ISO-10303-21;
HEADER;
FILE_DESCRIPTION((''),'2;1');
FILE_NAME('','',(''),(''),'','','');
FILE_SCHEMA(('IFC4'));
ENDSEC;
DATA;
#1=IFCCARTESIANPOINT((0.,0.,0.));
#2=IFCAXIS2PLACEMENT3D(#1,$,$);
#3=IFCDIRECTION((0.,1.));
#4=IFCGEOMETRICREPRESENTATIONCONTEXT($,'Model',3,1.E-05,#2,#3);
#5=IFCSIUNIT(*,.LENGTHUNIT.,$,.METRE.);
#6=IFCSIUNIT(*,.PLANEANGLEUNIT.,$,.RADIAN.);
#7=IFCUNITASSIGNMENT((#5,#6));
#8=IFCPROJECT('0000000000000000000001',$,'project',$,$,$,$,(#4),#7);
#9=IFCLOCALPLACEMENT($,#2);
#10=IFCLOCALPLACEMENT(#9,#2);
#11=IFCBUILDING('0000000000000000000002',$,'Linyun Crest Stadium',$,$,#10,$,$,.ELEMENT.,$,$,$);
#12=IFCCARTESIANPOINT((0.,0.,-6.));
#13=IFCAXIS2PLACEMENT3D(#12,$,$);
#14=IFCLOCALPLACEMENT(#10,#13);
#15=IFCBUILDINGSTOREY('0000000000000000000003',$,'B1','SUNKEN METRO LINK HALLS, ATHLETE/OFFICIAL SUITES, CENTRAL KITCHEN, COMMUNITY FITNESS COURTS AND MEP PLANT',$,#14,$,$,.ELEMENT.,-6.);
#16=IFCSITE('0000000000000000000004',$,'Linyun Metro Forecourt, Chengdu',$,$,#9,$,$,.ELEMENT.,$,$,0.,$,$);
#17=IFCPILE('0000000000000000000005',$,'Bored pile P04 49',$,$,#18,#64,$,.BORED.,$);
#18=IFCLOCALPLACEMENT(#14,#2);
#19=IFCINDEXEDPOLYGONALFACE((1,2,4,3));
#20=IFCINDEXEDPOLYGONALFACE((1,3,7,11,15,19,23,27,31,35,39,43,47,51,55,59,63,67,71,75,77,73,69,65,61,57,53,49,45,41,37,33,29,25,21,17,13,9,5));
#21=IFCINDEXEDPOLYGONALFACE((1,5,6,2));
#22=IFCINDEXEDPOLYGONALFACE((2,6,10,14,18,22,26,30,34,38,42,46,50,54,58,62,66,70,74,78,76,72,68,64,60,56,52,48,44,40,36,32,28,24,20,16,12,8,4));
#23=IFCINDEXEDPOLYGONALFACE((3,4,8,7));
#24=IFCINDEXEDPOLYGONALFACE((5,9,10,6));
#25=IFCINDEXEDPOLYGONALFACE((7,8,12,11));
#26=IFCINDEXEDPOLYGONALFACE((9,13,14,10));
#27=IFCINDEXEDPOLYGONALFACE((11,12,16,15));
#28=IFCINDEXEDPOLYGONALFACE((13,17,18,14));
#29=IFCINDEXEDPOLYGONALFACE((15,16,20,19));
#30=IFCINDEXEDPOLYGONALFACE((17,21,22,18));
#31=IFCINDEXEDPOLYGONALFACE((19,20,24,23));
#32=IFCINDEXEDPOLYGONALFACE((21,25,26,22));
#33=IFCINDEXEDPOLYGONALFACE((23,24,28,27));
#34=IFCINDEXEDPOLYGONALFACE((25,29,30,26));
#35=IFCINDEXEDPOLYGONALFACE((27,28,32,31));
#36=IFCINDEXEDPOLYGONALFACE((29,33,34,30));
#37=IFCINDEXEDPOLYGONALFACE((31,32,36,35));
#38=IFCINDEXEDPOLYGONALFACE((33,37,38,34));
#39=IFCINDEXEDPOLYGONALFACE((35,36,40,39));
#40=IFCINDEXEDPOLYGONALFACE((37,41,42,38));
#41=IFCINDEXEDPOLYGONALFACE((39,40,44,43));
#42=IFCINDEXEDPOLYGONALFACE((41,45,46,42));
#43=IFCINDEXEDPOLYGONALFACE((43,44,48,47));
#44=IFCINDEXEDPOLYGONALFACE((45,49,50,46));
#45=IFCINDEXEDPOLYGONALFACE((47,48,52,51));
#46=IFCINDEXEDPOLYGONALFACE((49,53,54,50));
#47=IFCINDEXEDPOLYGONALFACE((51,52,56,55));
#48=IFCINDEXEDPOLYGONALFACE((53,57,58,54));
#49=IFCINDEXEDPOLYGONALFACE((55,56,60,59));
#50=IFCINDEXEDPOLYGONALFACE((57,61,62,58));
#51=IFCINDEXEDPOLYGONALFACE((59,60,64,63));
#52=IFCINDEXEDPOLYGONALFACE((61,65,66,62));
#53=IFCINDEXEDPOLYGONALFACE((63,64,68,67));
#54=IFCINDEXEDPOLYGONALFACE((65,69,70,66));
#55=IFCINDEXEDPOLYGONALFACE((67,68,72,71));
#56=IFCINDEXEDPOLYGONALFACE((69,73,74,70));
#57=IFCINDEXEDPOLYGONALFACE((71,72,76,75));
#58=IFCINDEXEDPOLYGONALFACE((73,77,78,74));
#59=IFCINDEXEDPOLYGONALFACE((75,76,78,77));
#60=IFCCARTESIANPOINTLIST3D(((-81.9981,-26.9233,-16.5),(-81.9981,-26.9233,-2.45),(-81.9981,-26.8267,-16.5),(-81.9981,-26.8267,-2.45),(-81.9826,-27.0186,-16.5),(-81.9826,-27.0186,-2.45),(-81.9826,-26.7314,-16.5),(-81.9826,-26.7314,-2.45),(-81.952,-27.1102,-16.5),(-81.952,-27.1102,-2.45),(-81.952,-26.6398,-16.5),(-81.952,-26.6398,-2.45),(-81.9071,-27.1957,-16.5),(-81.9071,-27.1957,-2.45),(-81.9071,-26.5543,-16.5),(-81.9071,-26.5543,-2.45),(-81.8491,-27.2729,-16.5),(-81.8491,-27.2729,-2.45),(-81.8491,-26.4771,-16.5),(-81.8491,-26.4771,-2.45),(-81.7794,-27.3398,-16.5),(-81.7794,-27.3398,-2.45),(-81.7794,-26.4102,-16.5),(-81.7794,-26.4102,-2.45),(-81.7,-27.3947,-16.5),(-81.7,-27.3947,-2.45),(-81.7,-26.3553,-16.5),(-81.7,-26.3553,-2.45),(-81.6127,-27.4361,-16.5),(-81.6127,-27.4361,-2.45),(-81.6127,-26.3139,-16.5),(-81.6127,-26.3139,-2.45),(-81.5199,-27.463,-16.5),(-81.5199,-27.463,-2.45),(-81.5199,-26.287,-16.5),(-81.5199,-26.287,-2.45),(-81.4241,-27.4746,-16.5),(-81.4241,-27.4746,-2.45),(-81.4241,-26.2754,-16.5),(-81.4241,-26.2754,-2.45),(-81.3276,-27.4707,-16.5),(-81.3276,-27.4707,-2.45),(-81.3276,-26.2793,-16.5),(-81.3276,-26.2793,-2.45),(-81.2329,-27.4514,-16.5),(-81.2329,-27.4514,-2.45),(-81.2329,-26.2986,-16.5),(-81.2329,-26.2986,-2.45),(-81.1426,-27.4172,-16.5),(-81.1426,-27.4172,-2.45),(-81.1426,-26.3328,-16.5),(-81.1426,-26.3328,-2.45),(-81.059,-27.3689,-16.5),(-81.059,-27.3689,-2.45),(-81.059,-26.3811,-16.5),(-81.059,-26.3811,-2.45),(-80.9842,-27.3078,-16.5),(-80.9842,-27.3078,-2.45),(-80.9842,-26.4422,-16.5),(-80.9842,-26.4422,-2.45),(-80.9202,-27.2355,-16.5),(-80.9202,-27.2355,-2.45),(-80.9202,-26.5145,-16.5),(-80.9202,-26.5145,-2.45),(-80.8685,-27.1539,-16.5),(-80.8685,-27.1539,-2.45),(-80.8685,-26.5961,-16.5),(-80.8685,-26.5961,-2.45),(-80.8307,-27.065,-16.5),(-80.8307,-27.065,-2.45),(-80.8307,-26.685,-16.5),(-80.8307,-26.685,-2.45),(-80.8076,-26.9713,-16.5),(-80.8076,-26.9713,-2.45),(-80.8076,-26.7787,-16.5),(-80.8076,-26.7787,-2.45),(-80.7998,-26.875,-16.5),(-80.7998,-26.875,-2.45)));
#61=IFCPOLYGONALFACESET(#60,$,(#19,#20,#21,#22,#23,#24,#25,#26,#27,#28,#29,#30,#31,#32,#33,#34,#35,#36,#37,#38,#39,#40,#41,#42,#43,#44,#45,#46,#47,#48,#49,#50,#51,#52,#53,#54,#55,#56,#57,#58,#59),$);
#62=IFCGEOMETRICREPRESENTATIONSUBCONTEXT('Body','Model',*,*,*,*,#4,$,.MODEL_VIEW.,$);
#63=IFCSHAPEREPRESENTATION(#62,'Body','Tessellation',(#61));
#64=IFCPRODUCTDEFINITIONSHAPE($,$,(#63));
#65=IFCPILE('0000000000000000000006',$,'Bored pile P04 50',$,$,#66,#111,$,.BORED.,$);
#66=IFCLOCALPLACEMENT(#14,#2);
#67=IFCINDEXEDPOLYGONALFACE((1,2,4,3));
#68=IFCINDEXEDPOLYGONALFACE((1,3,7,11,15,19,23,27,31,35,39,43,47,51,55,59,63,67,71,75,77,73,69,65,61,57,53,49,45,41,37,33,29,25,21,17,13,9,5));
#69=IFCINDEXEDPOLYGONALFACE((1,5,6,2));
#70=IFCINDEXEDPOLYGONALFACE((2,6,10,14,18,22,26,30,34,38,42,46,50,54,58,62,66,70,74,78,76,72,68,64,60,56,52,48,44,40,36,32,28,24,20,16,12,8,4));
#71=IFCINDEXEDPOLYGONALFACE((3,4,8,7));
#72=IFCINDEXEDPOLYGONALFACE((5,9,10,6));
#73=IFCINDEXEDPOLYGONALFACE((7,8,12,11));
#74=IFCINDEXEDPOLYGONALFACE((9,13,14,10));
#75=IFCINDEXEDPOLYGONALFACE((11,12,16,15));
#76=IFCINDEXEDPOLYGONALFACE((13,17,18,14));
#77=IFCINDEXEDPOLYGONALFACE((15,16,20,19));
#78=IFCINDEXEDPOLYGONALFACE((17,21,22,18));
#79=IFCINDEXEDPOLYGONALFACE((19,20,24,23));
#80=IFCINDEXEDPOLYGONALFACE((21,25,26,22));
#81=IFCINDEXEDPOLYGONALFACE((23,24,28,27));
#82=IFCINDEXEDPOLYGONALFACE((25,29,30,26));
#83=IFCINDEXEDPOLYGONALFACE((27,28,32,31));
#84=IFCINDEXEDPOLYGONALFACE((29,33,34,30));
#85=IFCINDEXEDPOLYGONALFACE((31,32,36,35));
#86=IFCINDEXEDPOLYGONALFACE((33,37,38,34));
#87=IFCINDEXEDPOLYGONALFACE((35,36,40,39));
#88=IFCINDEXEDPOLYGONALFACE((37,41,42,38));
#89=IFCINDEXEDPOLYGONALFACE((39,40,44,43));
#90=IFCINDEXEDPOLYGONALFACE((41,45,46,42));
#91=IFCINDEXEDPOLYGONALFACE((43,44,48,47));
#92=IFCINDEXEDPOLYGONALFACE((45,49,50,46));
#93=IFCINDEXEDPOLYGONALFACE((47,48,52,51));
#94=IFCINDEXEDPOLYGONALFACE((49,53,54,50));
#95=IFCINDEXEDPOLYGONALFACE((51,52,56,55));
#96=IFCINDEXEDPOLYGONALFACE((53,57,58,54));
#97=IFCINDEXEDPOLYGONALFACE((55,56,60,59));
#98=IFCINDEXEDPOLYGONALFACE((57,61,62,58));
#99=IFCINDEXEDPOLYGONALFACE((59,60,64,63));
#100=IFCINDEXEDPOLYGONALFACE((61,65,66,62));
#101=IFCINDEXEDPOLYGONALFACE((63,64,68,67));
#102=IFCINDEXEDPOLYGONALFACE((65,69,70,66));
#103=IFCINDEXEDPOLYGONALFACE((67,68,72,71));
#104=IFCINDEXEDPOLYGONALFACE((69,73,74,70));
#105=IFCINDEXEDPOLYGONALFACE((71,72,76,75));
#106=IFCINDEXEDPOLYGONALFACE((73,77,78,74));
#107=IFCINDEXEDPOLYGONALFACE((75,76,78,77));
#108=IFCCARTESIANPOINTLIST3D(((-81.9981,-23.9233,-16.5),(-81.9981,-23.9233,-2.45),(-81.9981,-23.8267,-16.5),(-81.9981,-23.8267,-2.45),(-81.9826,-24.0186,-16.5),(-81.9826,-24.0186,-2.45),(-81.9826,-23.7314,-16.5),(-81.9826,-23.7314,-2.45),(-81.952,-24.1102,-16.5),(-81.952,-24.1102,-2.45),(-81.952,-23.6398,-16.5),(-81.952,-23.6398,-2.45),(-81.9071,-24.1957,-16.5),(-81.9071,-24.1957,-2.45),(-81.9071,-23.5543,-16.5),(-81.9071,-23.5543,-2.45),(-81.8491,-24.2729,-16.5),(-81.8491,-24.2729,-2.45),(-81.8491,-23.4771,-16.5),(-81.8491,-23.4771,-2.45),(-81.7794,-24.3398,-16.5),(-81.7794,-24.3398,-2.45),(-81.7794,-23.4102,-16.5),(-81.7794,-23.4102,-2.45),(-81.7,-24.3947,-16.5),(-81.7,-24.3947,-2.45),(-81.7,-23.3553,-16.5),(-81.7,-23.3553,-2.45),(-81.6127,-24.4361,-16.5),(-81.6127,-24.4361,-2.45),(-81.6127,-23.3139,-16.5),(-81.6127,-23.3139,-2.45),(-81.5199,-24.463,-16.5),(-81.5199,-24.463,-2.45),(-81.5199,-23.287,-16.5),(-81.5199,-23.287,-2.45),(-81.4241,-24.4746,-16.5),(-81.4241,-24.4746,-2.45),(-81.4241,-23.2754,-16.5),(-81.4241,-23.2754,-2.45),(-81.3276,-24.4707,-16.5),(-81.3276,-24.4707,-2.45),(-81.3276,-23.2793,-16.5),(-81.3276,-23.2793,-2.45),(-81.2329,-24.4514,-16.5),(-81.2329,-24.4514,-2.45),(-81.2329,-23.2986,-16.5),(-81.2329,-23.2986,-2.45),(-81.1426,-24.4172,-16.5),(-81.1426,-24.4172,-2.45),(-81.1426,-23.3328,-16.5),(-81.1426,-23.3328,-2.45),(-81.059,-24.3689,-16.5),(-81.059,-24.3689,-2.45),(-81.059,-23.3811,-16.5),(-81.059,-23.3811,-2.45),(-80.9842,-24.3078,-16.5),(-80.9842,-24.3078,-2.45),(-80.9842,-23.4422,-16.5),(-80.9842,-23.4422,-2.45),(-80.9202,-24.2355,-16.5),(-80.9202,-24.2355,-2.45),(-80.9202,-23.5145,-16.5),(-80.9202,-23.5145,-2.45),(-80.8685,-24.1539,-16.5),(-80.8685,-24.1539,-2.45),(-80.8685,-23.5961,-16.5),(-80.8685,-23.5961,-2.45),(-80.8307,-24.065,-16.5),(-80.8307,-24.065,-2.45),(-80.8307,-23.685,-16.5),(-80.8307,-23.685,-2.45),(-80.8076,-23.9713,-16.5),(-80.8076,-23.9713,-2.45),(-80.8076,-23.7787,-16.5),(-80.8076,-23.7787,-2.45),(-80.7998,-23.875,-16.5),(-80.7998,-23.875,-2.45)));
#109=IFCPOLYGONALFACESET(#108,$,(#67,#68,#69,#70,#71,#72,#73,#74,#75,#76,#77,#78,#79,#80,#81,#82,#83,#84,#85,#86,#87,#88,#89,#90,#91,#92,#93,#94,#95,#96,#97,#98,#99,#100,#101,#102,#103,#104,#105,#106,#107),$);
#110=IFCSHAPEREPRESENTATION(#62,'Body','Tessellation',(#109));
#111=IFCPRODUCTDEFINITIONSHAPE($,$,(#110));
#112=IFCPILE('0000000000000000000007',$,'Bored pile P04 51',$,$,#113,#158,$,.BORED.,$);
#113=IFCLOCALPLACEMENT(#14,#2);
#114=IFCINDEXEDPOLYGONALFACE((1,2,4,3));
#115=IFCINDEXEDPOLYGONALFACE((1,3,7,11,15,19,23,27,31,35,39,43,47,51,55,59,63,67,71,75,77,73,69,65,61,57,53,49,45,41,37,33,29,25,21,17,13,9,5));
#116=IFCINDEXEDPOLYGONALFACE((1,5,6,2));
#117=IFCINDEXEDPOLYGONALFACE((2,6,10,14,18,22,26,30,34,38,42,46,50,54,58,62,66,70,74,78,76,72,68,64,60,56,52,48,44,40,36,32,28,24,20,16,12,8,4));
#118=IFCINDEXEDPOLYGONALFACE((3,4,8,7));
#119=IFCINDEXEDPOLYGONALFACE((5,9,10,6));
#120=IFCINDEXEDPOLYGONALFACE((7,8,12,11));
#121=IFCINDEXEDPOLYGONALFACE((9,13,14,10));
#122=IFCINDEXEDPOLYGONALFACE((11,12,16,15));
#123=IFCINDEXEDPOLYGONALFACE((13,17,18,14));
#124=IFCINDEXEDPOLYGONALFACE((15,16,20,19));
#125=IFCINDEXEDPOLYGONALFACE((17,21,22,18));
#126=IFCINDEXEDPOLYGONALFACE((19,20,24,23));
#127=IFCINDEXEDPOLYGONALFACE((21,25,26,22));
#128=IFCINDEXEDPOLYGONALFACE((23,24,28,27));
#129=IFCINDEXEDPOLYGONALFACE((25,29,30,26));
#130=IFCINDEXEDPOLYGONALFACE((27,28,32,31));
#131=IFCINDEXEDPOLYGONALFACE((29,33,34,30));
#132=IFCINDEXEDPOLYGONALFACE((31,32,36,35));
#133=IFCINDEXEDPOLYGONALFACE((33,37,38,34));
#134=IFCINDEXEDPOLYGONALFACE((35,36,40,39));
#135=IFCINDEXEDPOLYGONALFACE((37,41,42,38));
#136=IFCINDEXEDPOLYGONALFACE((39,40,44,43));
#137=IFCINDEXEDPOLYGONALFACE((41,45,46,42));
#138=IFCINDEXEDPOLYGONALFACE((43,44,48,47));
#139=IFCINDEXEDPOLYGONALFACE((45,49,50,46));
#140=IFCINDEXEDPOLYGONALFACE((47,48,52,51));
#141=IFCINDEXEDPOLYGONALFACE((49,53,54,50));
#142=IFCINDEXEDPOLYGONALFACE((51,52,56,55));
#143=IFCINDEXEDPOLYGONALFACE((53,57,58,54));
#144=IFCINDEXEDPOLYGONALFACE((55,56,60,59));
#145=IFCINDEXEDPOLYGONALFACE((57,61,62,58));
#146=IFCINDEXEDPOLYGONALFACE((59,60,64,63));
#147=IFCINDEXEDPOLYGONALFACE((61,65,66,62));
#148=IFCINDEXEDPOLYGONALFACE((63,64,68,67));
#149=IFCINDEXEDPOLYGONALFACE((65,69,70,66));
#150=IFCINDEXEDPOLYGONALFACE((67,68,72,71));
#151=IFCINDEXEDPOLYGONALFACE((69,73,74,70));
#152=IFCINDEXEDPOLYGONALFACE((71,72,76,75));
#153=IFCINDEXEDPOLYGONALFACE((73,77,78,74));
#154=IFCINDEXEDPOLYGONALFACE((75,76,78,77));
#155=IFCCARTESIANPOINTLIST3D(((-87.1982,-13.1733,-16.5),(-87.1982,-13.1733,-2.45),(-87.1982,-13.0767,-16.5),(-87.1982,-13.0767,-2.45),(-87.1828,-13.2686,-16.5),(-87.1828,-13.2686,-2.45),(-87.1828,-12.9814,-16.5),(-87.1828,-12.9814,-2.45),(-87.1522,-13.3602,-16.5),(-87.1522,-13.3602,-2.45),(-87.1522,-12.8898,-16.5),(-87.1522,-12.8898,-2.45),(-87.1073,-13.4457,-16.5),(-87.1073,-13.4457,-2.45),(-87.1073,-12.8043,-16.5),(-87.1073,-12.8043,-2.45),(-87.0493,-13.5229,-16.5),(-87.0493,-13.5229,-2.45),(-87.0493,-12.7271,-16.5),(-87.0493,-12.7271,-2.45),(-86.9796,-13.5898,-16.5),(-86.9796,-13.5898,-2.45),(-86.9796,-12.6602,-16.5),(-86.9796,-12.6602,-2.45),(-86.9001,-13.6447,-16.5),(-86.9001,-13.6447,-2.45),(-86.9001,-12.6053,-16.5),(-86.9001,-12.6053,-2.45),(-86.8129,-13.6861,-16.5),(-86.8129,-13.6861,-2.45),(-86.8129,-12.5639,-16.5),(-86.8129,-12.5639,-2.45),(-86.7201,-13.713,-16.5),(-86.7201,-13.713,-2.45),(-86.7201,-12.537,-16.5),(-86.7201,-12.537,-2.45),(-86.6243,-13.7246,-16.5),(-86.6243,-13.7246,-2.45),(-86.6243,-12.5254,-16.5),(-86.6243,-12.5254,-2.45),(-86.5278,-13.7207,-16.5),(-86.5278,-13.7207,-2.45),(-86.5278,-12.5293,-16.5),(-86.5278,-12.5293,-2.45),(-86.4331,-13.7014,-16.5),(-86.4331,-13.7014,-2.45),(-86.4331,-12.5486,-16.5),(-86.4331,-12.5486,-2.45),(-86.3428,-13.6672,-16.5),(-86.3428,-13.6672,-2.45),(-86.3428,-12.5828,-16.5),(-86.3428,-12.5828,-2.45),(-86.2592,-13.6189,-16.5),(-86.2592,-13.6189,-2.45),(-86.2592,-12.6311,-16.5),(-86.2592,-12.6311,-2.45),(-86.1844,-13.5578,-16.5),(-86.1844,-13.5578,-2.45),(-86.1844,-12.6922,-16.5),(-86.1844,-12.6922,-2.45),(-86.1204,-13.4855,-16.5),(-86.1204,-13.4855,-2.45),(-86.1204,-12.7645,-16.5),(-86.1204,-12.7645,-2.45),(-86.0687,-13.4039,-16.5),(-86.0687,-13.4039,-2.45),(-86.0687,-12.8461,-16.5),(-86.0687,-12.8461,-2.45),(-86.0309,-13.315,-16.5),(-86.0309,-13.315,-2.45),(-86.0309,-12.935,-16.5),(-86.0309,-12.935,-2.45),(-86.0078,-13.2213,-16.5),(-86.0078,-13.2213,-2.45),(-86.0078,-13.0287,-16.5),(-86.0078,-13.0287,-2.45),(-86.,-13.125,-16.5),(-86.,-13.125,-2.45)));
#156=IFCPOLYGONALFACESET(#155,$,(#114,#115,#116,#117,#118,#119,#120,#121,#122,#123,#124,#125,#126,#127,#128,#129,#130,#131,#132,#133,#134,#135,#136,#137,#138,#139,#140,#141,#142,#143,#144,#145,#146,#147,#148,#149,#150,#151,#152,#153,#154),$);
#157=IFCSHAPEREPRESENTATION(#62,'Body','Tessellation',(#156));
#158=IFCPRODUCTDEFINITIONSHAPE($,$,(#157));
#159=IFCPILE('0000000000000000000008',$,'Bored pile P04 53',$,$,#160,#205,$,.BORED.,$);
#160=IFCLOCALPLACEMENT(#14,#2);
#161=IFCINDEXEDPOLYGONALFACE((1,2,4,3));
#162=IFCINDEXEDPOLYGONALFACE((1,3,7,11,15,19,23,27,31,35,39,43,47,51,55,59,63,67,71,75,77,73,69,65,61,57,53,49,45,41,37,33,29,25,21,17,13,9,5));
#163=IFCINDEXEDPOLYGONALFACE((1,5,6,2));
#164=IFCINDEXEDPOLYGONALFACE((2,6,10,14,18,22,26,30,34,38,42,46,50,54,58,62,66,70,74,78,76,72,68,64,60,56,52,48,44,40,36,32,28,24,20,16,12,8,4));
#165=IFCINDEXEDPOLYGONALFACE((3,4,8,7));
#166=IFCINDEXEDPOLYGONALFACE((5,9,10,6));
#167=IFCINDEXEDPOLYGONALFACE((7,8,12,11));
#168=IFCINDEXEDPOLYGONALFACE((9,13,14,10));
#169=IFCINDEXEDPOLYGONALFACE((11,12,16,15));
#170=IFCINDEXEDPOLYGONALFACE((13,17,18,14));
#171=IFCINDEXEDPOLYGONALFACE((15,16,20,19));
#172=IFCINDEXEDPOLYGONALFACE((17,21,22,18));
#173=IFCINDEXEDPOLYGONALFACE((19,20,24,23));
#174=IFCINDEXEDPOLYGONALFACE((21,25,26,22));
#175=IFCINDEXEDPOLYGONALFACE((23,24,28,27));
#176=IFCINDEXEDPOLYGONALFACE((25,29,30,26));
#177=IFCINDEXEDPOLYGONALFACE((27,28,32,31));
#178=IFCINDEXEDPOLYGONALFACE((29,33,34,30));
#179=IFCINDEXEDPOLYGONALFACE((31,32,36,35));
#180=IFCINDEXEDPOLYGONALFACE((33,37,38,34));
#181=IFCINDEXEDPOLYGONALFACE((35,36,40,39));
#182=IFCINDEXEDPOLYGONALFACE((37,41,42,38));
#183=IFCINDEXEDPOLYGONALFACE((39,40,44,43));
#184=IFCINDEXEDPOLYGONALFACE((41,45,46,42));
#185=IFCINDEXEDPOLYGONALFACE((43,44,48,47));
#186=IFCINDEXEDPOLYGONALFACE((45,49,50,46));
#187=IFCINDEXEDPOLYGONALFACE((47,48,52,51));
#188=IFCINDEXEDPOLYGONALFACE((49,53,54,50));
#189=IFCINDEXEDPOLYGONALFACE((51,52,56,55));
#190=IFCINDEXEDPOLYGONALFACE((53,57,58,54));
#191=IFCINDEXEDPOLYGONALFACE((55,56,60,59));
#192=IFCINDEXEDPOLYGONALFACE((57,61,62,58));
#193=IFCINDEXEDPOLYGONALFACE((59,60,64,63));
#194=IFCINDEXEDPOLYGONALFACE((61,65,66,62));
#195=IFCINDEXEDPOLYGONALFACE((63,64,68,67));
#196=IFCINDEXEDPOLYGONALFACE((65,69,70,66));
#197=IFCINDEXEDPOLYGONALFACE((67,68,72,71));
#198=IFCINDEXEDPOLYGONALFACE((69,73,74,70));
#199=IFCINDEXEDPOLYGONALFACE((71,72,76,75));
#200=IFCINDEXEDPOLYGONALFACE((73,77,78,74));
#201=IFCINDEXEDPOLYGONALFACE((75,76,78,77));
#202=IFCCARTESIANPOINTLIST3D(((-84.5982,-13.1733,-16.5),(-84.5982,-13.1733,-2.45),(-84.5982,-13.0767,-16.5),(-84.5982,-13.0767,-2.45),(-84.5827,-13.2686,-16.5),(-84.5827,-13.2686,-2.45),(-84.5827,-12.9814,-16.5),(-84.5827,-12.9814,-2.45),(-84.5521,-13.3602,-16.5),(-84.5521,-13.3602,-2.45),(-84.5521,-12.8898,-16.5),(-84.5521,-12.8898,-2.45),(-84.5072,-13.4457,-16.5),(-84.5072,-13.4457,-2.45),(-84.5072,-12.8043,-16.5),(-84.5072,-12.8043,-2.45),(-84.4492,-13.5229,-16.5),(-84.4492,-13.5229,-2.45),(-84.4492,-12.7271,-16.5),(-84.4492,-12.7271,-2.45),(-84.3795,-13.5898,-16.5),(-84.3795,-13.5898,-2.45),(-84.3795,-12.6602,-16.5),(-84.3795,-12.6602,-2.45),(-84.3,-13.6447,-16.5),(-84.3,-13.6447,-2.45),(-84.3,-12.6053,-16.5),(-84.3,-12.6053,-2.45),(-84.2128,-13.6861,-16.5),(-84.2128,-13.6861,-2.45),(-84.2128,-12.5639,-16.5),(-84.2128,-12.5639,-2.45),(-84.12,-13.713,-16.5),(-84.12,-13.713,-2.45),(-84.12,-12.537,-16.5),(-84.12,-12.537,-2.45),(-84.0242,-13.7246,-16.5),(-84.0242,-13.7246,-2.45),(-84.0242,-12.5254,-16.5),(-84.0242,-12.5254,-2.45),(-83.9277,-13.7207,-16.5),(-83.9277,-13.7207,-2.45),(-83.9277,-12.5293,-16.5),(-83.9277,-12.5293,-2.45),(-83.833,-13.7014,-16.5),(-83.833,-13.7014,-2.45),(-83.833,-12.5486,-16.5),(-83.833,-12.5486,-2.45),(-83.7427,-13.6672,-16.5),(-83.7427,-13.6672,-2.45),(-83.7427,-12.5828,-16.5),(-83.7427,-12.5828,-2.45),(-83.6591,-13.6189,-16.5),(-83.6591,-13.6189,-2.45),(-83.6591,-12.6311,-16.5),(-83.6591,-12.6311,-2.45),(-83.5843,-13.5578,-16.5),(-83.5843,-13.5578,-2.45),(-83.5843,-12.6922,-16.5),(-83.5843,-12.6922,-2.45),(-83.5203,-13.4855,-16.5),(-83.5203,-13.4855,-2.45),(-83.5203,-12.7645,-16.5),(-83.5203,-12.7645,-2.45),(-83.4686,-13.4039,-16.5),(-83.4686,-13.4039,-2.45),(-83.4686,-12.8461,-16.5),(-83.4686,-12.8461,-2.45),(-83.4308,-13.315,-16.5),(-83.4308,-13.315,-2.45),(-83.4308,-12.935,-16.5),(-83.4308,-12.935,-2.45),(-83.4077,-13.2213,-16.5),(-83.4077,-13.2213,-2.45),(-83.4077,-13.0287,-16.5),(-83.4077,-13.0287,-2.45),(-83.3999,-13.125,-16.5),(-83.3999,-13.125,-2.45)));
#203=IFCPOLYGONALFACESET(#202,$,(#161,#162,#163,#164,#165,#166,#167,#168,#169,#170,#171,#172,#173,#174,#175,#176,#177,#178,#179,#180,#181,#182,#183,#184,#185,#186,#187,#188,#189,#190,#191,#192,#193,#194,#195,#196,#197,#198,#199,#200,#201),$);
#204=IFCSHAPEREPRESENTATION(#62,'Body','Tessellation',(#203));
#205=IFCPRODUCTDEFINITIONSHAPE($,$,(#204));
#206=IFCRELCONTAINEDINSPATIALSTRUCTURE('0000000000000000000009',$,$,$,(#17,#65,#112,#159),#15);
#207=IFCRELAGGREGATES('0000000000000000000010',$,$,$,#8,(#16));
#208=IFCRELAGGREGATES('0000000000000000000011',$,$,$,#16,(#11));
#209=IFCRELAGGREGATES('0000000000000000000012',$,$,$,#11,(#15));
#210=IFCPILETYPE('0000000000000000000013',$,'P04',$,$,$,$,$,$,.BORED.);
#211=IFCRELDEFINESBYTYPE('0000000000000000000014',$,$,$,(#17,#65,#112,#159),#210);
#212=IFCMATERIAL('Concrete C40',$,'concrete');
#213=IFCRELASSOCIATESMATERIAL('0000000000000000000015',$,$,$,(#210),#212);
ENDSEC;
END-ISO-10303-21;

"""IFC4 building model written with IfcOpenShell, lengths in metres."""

from ifc_helpers import new_model, si_unit, direction, frame, origin, origin_2d, place, context, subcontext, project, spatial, circle, extrude, material, material_profile, profile_set, type_object, element, save


model = new_model("IFC4")

# Units and contexts
model_context = context("Model", 3, precision=1e-05, world=origin(), true_north=direction((0.0, 1.0)))
body_context = subcontext(model_context, "Body", "Model", "MODEL_VIEW")
ifc_project = project(units=[si_unit("LENGTHUNIT", "METRE"), si_unit("PLANEANGLEUNIT", "RADIAN")], contexts=[model_context])

# Site, building, storey
site_placement = place(None, origin())
site = spatial("IfcSite", under=ifc_project, at=site_placement, Name="Linyun Metro Forecourt, Chengdu", CompositionType="ELEMENT", RefElevation=0.0)
building_placement = place(site_placement, origin())
building = spatial("IfcBuilding", under=site, at=building_placement, Name="Linyun Crest Stadium", CompositionType="ELEMENT")
storey_placement = place(building_placement, frame((0.0, 0.0, -6.0)))
storey = spatial("IfcBuildingStorey", under=building, at=storey_placement, Name="B1", Description="SUNKEN METRO LINK HALLS, ATHLETE/OFFICIAL SUITES, CENTRAL KITCHEN, COMMUNITY FITNESS COURTS AND MEP PLANT", CompositionType="ELEMENT", Elevation=-6.0)

# Piles
ifc_material_1 = material(Name="Concrete C40", Category="concrete")
ifc_material_profile_1 = material_profile(ifc_material_1, circle(Radius=0.6001, at=origin_2d()), Name="BORED PILE 1200")
ifc_profile_set_1 = profile_set([ifc_material_profile_1], Name="Concrete C40")
pile_type = type_object("IfcPileType", Name="P04", PredefinedType="BORED", material=ifc_profile_set_1)
for number, where, z_axis, x_axis, name in (
    (1, (-81.3999, -26.875, -2.45), (0.0, 0.0, -1.0), (1.0, 0.0, 0.0), "Bored pile P04 49"),
    (2, (-81.3999, -23.875, -2.45), (0.0, 0.0, -1.0), (1.0, 0.0, 0.0), "Bored pile P04 50"),
    (3, (-86.6001, -13.125, -2.45), (0.0, 0.0, -1.0), (1.0, 0.0, 0.0), "Bored pile P04 51"),
    (4, (-84.0, -13.125, -2.45), (0.0, 0.0, -1.0), (1.0, 0.0, 0.0), "Bored pile P04 53"),
):
    element("IfcPile", number, at=place(storey_placement, frame(where, z_axis=z_axis, x_axis=x_axis)), inside=storey, type_object=pile_type, Name=name, PredefinedType="BORED", context=body_context, shape_type="SweptSolid", body=[
        extrude(circle(Radius=0.6001, at=origin_2d()), origin(), (0.0, 0.0, 1.0), 14.05),
    ])

save(model, "model.ifc")
